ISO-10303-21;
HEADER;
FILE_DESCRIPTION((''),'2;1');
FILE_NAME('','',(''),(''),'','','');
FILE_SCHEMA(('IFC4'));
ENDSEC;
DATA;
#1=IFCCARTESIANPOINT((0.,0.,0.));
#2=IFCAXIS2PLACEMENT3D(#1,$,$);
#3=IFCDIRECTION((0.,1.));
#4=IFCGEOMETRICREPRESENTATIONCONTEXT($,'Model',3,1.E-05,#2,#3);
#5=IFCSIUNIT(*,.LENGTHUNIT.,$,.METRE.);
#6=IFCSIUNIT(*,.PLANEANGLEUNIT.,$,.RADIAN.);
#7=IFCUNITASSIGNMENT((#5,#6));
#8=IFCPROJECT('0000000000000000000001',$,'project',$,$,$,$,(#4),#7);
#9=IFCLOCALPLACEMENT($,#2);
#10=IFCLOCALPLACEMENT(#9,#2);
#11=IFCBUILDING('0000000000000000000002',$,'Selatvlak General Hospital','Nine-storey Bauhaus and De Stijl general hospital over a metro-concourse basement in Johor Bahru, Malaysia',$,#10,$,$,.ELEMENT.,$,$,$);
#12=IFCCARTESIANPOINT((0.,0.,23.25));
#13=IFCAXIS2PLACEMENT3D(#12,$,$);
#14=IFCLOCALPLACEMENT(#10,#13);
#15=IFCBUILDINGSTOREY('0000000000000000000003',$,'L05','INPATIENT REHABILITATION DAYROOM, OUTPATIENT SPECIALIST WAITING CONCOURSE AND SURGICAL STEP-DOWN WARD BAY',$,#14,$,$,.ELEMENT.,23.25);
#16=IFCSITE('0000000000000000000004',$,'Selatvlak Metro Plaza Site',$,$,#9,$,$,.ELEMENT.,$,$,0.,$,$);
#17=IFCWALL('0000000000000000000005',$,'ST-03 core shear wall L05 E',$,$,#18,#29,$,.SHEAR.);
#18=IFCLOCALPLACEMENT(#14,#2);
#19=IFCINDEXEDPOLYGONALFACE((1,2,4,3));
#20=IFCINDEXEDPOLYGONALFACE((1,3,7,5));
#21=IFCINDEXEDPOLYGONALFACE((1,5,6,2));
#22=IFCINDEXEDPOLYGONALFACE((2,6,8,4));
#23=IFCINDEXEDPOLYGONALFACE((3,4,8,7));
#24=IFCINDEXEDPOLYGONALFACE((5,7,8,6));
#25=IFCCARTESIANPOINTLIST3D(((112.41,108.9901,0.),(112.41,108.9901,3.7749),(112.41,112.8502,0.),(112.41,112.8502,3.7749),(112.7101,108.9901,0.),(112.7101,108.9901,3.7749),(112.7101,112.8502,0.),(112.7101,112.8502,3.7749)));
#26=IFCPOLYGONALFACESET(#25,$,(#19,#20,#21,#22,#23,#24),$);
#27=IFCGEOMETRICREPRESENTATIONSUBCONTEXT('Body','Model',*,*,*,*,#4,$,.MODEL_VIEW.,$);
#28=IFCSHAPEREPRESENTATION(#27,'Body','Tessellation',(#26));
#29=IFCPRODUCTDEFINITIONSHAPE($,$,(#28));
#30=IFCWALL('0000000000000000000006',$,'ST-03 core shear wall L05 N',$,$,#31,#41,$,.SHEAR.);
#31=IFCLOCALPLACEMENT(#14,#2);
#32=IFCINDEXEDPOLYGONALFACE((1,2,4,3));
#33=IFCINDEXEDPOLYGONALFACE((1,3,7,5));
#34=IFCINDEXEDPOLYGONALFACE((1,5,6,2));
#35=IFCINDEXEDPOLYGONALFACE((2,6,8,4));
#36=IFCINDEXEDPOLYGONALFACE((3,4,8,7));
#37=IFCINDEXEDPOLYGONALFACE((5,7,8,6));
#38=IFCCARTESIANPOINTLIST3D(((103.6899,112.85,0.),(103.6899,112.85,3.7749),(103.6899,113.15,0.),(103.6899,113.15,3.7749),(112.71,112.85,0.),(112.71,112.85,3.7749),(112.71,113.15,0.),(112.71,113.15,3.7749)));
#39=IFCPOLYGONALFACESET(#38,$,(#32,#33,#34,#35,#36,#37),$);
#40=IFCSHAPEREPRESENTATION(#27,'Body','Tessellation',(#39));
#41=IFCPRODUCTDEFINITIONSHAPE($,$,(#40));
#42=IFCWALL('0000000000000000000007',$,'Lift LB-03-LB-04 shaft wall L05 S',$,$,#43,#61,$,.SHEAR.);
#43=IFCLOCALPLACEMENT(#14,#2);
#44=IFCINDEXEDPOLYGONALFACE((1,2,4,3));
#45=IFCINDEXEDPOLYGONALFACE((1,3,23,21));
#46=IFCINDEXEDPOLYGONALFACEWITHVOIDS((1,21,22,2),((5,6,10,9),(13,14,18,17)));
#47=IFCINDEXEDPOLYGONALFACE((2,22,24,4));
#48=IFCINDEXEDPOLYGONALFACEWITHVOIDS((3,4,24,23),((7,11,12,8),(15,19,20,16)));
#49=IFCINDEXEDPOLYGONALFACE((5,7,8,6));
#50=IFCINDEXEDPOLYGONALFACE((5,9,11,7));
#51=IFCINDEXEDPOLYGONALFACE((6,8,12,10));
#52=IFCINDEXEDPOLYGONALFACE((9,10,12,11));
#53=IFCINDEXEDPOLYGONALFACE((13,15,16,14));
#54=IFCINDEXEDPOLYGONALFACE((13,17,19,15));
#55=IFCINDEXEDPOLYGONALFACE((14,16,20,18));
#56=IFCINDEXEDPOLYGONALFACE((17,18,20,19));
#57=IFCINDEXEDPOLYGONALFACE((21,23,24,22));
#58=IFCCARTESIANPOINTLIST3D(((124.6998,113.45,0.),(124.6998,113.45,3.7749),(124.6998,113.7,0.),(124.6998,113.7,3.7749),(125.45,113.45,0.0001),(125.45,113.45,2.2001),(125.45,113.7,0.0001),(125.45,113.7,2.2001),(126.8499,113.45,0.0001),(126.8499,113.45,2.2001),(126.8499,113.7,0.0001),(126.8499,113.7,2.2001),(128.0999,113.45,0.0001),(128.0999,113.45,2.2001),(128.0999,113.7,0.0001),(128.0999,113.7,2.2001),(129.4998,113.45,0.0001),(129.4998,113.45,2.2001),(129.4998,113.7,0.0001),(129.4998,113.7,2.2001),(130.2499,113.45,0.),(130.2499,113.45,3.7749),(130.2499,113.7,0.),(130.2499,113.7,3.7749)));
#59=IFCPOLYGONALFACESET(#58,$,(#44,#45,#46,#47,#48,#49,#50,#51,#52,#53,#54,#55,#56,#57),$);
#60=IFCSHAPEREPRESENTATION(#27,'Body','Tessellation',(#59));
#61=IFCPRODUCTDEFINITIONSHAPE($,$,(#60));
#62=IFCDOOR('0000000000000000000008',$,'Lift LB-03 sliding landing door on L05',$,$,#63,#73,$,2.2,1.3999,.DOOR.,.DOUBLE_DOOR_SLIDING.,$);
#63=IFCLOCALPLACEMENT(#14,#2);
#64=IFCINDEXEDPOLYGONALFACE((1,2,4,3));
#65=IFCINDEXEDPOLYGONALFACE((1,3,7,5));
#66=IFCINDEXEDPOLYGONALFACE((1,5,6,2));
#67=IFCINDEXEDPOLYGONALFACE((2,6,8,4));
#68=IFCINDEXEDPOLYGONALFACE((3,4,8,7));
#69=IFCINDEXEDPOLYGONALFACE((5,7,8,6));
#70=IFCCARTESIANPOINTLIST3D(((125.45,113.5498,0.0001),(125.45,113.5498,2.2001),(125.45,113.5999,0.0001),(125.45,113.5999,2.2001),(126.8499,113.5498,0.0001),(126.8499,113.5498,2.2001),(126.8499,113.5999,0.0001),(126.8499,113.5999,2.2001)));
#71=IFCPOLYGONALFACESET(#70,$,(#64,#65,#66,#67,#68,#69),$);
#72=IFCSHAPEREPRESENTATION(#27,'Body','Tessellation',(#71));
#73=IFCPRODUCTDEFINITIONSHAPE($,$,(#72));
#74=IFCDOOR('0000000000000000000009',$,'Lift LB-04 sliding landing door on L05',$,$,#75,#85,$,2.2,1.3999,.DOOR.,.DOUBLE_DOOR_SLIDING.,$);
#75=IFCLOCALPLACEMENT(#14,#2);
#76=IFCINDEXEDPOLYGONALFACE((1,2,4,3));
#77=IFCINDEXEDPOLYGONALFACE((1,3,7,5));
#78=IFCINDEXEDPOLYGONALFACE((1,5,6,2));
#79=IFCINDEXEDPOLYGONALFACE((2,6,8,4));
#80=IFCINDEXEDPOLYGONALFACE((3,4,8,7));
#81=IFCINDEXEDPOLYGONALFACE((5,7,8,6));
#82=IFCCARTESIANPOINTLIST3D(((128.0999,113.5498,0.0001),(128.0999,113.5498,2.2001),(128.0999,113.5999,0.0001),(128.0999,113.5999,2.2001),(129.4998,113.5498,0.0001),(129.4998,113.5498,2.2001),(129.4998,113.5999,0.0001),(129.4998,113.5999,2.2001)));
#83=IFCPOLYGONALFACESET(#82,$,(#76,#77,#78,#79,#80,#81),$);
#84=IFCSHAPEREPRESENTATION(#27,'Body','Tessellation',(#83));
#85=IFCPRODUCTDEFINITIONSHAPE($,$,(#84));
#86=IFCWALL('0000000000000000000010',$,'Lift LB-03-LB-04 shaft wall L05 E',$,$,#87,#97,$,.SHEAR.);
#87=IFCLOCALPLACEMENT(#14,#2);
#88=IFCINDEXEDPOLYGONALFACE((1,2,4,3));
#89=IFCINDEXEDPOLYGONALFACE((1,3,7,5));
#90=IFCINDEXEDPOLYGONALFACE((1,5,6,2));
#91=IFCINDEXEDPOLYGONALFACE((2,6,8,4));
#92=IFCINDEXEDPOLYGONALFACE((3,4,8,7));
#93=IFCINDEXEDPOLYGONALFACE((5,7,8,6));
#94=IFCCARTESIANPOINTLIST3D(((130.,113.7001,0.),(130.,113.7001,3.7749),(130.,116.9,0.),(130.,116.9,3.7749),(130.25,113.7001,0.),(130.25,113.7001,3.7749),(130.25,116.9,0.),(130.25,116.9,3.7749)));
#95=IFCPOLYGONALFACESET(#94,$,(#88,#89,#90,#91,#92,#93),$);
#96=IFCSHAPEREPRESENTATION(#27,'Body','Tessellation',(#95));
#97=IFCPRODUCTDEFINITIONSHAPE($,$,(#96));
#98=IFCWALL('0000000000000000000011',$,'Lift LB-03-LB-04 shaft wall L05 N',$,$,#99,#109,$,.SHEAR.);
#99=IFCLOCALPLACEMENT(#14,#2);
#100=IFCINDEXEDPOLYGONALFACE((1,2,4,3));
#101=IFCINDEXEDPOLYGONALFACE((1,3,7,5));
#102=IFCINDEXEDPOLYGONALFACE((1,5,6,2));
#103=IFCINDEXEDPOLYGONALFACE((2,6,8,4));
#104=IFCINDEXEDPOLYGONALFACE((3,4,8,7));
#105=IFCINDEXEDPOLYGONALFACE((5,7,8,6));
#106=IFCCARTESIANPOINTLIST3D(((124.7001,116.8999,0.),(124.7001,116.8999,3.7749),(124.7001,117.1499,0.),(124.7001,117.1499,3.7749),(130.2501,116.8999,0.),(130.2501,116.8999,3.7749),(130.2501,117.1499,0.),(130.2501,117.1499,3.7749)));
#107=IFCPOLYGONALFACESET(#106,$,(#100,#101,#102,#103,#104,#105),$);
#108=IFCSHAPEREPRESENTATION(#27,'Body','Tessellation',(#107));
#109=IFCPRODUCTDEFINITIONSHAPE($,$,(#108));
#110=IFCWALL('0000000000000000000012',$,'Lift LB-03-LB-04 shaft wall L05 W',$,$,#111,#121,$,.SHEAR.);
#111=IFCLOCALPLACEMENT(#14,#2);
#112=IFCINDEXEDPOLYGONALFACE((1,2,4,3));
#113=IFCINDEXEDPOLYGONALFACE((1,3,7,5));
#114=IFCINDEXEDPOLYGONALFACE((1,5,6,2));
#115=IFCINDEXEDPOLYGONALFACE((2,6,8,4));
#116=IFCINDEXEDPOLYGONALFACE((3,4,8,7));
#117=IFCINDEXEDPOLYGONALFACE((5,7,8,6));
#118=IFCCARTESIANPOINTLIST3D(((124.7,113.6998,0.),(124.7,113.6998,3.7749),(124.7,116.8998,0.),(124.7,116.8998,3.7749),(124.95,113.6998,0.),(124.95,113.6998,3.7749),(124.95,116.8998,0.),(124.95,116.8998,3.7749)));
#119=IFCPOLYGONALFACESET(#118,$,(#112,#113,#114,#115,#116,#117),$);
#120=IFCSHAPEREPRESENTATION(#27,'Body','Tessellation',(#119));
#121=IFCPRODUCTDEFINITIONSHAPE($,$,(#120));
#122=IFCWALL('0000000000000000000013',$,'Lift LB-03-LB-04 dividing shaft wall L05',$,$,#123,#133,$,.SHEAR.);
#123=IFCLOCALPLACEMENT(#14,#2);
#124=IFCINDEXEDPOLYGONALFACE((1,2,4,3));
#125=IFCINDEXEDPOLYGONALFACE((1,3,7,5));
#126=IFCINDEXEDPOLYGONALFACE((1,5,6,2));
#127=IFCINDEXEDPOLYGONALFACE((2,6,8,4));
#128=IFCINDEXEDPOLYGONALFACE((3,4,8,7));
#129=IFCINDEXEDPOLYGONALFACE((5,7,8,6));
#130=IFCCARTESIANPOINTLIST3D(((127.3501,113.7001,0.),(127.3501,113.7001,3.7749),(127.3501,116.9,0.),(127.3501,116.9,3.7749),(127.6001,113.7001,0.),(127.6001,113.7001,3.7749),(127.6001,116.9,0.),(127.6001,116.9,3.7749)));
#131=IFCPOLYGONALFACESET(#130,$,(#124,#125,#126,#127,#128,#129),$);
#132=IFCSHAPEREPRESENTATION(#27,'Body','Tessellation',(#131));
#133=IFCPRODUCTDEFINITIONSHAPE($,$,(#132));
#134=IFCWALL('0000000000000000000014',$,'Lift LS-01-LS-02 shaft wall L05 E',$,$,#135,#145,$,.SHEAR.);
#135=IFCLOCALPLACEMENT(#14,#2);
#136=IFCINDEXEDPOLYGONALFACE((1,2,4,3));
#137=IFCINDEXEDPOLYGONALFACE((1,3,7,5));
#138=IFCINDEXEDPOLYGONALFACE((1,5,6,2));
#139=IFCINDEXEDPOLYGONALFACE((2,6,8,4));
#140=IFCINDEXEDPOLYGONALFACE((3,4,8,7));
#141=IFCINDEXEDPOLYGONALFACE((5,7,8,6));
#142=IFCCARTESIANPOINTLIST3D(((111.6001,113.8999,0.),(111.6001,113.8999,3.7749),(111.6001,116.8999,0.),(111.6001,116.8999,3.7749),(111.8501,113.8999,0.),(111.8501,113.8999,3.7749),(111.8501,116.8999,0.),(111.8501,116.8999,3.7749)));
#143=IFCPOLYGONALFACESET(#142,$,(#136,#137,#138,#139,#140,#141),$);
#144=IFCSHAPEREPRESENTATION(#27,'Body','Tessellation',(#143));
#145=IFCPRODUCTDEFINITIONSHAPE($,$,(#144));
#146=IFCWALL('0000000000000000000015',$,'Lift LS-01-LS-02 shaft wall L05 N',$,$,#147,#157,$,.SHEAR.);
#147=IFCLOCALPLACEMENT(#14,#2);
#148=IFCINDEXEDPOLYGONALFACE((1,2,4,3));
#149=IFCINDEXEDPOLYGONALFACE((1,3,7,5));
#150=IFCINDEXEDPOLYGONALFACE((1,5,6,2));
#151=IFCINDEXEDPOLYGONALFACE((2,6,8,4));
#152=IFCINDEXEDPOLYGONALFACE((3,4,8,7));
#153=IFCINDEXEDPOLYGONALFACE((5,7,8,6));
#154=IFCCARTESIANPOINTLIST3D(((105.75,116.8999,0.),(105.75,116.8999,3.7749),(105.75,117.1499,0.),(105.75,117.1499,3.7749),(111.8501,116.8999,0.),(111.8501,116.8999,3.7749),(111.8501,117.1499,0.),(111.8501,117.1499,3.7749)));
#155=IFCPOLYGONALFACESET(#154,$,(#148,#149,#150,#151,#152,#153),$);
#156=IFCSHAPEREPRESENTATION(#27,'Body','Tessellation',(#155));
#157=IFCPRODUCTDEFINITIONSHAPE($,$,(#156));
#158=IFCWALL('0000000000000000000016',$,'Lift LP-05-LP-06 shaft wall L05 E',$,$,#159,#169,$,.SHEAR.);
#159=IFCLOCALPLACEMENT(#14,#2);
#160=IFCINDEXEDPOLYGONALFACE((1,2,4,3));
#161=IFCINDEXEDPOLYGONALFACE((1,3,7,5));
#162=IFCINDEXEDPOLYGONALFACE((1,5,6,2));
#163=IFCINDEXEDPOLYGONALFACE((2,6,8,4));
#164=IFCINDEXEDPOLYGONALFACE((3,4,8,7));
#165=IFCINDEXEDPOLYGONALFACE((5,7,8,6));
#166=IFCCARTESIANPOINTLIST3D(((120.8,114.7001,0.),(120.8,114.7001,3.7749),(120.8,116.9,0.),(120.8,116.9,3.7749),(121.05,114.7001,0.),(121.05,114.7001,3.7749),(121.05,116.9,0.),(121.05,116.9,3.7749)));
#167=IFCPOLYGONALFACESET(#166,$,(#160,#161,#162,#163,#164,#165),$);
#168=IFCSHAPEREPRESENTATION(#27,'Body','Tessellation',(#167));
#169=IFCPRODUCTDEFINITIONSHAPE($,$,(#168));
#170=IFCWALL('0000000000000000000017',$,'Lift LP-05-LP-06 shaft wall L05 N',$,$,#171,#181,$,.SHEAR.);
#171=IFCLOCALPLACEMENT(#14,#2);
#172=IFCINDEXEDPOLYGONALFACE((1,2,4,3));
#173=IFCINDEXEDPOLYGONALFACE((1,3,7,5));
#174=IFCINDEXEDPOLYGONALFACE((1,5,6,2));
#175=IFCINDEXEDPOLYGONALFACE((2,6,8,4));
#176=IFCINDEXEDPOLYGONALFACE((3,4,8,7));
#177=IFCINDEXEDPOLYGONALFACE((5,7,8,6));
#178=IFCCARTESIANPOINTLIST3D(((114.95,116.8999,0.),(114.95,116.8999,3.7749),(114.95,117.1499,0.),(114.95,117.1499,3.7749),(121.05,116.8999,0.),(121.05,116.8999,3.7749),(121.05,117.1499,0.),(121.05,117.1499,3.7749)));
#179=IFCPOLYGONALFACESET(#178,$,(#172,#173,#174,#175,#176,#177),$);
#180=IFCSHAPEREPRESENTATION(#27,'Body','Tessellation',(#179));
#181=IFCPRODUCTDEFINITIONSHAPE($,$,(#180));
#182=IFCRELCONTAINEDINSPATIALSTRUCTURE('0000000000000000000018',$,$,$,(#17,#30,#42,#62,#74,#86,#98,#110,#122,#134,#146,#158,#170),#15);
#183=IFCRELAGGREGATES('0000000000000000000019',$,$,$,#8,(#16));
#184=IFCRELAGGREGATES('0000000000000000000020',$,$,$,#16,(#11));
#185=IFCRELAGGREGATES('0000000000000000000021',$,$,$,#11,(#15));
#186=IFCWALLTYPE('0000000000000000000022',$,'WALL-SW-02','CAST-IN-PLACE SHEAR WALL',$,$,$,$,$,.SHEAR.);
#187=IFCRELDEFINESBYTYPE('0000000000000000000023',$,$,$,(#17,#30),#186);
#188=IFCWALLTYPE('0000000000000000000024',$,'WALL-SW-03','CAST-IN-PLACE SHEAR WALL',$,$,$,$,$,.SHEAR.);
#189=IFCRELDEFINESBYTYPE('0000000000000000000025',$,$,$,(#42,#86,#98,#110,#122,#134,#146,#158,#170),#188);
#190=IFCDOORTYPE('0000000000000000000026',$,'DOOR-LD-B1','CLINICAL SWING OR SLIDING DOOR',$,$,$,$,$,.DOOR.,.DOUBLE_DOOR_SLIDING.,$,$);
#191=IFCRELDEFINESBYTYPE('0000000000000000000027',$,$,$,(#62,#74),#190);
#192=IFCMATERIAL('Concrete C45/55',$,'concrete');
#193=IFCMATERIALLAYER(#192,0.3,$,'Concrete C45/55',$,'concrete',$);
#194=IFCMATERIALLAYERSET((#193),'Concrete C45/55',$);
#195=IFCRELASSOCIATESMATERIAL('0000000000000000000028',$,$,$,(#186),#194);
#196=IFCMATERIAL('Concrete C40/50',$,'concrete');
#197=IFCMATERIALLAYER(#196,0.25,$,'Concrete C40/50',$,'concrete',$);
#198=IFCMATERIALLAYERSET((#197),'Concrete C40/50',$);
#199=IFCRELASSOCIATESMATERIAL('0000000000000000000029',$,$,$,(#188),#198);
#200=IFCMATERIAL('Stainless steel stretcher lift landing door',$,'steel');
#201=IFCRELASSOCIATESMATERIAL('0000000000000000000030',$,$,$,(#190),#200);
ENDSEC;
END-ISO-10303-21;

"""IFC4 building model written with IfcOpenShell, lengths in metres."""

from ifc_helpers import new_model, si_unit, direction, frame, frame_2d, origin, place, context, subcontext, project, spatial, rectangle, extrude, material, layer, layer_set, type_object, element, fill, save


model = new_model("IFC4")

# Units and contexts
model_context = context("Model", 3, precision=1e-05, world=origin(), true_north=direction((0.0, 1.0)))
body_context = subcontext(model_context, "Body", "Model", "MODEL_VIEW")
ifc_project = project(units=[si_unit("LENGTHUNIT", "METRE"), si_unit("PLANEANGLEUNIT", "RADIAN")], contexts=[model_context])

# Site, building, storey
site_placement = place(None, origin())
site = spatial("IfcSite", under=ifc_project, at=site_placement, Name="Selatvlak Metro Plaza Site", CompositionType="ELEMENT", RefElevation=0.0)
building_placement = place(site_placement, origin())
building = spatial("IfcBuilding", under=site, at=building_placement, Name="Selatvlak General Hospital", Description="Nine-storey Bauhaus and De Stijl general hospital over a metro-concourse basement in Johor Bahru, Malaysia", CompositionType="ELEMENT")
storey_placement = place(building_placement, frame((0.0, 0.0, 23.25)))
storey = spatial("IfcBuildingStorey", under=building, at=storey_placement, Name="L05", Description="INPATIENT REHABILITATION DAYROOM, OUTPATIENT SPECIALIST WAITING CONCOURSE AND SURGICAL STEP-DOWN WARD BAY", CompositionType="ELEMENT", Elevation=23.25)

# Shared definitions
ifc_material_1 = material(Name="Concrete C40/50", Category="concrete")

# Walls
ifc_material_2 = material(Name="Concrete C45/55", Category="concrete")
ifc_layer_1 = layer(ifc_material_2, 0.3, Name="Concrete C45/55", Category="concrete")
ifc_layer_set_1 = layer_set([ifc_layer_1], Name="Concrete C45/55")
wall_type_1 = type_object("IfcWallType", Name="WALL-SW-02", Description="CAST-IN-PLACE SHEAR WALL", PredefinedType="SHEAR", material=ifc_layer_set_1)
wall_1_placement = place(storey_placement, frame((112.5601, 108.99, 0.0), z_axis=(0.0, 0.0, 1.0), x_axis=(0.0, 1.0, 0.0)))
element("IfcWall", 1, at=wall_1_placement, inside=storey, type_object=wall_type_1, Name="ST-03 core shear wall L05 E", PredefinedType="SHEAR", context=body_context, shape_type="SweptSolid", body=[
    extrude(rectangle(XDim=3.8601, YDim=0.3, at=frame_2d((1.9302, 0.0))), origin(), (0.0, 0.0, 1.0), 3.7749),
])
wall_2_placement = place(storey_placement, frame((112.71, 113.0, 0.0), z_axis=(0.0, 0.0, 1.0), x_axis=(-1.0, 0.0, 0.0)))
element("IfcWall", 2, at=wall_2_placement, inside=storey, type_object=wall_type_1, Name="ST-03 core shear wall L05 N", PredefinedType="SHEAR", context=body_context, shape_type="SweptSolid", body=[
    extrude(rectangle(XDim=9.02, YDim=0.3, at=frame_2d((4.51, 0.0))), origin(), (0.0, 0.0, 1.0), 3.7749),
])

# Wall, openings, doors
ifc_layer_2 = layer(ifc_material_1, 0.25, Name="Concrete C40/50", Category="concrete")
ifc_layer_set_2 = layer_set([ifc_layer_2], Name="Concrete C40/50")
wall_type_2 = type_object("IfcWallType", Name="WALL-SW-03", Description="CAST-IN-PLACE SHEAR WALL", PredefinedType="SHEAR", material=ifc_layer_set_2)
wall_3_placement = place(storey_placement, frame((124.7, 113.575, 0.0), z_axis=(0.0, 0.0, 1.0), x_axis=(1.0, 0.0, 0.0)))
wall_3 = element("IfcWall", 3, at=wall_3_placement, inside=storey, type_object=wall_type_2, Name="Lift LB-03-LB-04 shaft wall L05 S", PredefinedType="SHEAR", context=body_context, shape_type="SweptSolid", body=[
    extrude(rectangle(XDim=5.55, YDim=0.25, at=frame_2d((2.7749, 0.0))), origin(), (0.0, 0.0, 1.0), 3.7749),
])
opening_1_placement = place(wall_3_placement, frame((0.75, 0.0, 0.0)))
opening_1 = element("IfcOpeningElement", 4, at=opening_1_placement, cuts=wall_3, PredefinedType="OPENING", context=body_context, shape_type="SweptSolid", body=[
    extrude(rectangle(XDim=1.3999, YDim=2.2, at=frame_2d((0.7, 1.1001))), frame((0.0, 0.135, 0.0), z_axis=(0.0, -1.0, 0.0), x_axis=(1.0, 0.0, 0.0)), (0.0, 0.0, 1.0), 0.27),
])
opening_2_placement = place(wall_3_placement, frame((3.3999, 0.0, 0.0)))
opening_2 = element("IfcOpeningElement", 5, at=opening_2_placement, cuts=wall_3, PredefinedType="OPENING", context=body_context, shape_type="SweptSolid", body=[
    extrude(rectangle(XDim=1.3999, YDim=2.2, at=frame_2d((0.7, 1.1001))), frame((0.0, 0.135, 0.0), z_axis=(0.0, -1.0, 0.0), x_axis=(1.0, 0.0, 0.0)), (0.0, 0.0, 1.0), 0.27),
])
ifc_material_3 = material(Name="Stainless steel stretcher lift landing door", Category="steel")
door_type_1 = type_object("IfcDoorType", Name="DOOR-LD-B1", Description="CLINICAL SWING OR SLIDING DOOR", OperationType="DOUBLE_DOOR_SLIDING", PredefinedType="DOOR", material=ifc_material_3)
door_1_placement = place(opening_1_placement, origin())
door_1 = element("IfcDoor", 6, at=door_1_placement, inside=storey, type_object=door_type_1, Name="Lift LB-03 sliding landing door on L05", OperationType="DOUBLE_DOOR_SLIDING", OverallHeight=2.2, OverallWidth=1.3999, PredefinedType="DOOR", context=body_context, shape_type="SweptSolid", body=[
    extrude(rectangle(XDim=1.3999, YDim=2.2, at=frame_2d((0.7, 1.1001))), frame((0.0, 0.0249, 0.0), z_axis=(0.0, -1.0, 0.0), x_axis=(1.0, 0.0, 0.0)), (0.0, 0.0, 1.0), 0.05),
])
fill(opening_1, door_1)
door_2_placement = place(opening_2_placement, origin())
door_2 = element("IfcDoor", 7, at=door_2_placement, inside=storey, type_object=door_type_1, Name="Lift LB-04 sliding landing door on L05", OperationType="DOUBLE_DOOR_SLIDING", OverallHeight=2.2, OverallWidth=1.3999, PredefinedType="DOOR", context=body_context, shape_type="SweptSolid", body=[
    extrude(rectangle(XDim=1.3999, YDim=2.2, at=frame_2d((0.7, 1.1001))), frame((0.0, 0.0249, 0.0), z_axis=(0.0, -1.0, 0.0), x_axis=(1.0, 0.0, 0.0)), (0.0, 0.0, 1.0), 0.05),
])
fill(opening_2, door_2)

# Walls
wall_4_placement = place(storey_placement, frame((130.125, 113.7, 0.0), z_axis=(0.0, 0.0, 1.0), x_axis=(0.0, 1.0, 0.0)))
element("IfcWall", 8, at=wall_4_placement, inside=storey, type_object=wall_type_2, Name="Lift LB-03-LB-04 shaft wall L05 E", PredefinedType="SHEAR", context=body_context, shape_type="SweptSolid", body=[
    extrude(rectangle(XDim=3.2, YDim=0.25, at=frame_2d((1.6001, 0.0))), origin(), (0.0, 0.0, 1.0), 3.7749),
])
wall_5_placement = place(storey_placement, frame((130.25, 117.0249, 0.0), z_axis=(0.0, 0.0, 1.0), x_axis=(-1.0, 0.0, 0.0)))
element("IfcWall", 9, at=wall_5_placement, inside=storey, type_object=wall_type_2, Name="Lift LB-03-LB-04 shaft wall L05 N", PredefinedType="SHEAR", context=body_context, shape_type="SweptSolid", body=[
    extrude(rectangle(XDim=5.55, YDim=0.25, at=frame_2d((2.7749, 0.0))), origin(), (0.0, 0.0, 1.0), 3.7749),
])
for number, where, z_axis, x_axis, name in (
    (10, (124.825, 116.8999, 0.0), (0.0, 0.0, 1.0), (0.0, -1.0, 0.0), "Lift LB-03-LB-04 shaft wall L05 W"),
    (11, (127.4751, 113.7, 0.0), (0.0, 0.0, 1.0), (0.0, 1.0, 0.0), "Lift LB-03-LB-04 dividing shaft wall L05"),
):
    element("IfcWall", number, at=place(storey_placement, frame(where, z_axis=z_axis, x_axis=x_axis)), inside=storey, type_object=wall_type_2, Name=name, PredefinedType="SHEAR", context=body_context, shape_type="SweptSolid", body=[
        extrude(rectangle(XDim=3.2, YDim=0.25, at=frame_2d((1.6001, 0.0))), origin(), (0.0, 0.0, 1.0), 3.7749),
    ])
wall_6_placement = place(storey_placement, frame((111.7251, 113.8999, 0.0), z_axis=(0.0, 0.0, 1.0), x_axis=(0.0, 1.0, 0.0)))
element("IfcWall", 12, at=wall_6_placement, inside=storey, type_object=wall_type_2, Name="Lift LS-01-LS-02 shaft wall L05 E", PredefinedType="SHEAR", context=body_context, shape_type="SweptSolid", body=[
    extrude(rectangle(XDim=3.0, YDim=0.25, at=frame_2d((1.5, 0.0))), origin(), (0.0, 0.0, 1.0), 3.7749),
])
wall_7_placement = place(storey_placement, frame((111.8501, 117.0249, 0.0), z_axis=(0.0, 0.0, 1.0), x_axis=(-1.0, 0.0, 0.0)))
element("IfcWall", 13, at=wall_7_placement, inside=storey, type_object=wall_type_2, Name="Lift LS-01-LS-02 shaft wall L05 N", PredefinedType="SHEAR", context=body_context, shape_type="SweptSolid", body=[
    extrude(rectangle(XDim=6.1001, YDim=0.25, at=frame_2d((3.05, 0.0))), origin(), (0.0, 0.0, 1.0), 3.7749),
])

# Walls
wall_8_placement = place(storey_placement, frame((120.925, 114.7, 0.0), z_axis=(0.0, 0.0, 1.0), x_axis=(0.0, 1.0, 0.0)))
element("IfcWall", 14, at=wall_8_placement, inside=storey, type_object=wall_type_2, Name="Lift LP-05-LP-06 shaft wall L05 E", PredefinedType="SHEAR", context=body_context, shape_type="SweptSolid", body=[
    extrude(rectangle(XDim=2.2, YDim=0.25, at=frame_2d((1.1001, 0.0))), origin(), (0.0, 0.0, 1.0), 3.7749),
])
wall_9_placement = place(storey_placement, frame((121.05, 117.0249, 0.0), z_axis=(0.0, 0.0, 1.0), x_axis=(-1.0, 0.0, 0.0)))
element("IfcWall", 15, at=wall_9_placement, inside=storey, type_object=wall_type_2, Name="Lift LP-05-LP-06 shaft wall L05 N", PredefinedType="SHEAR", context=body_context, shape_type="SweptSolid", body=[
    extrude(rectangle(XDim=6.1001, YDim=0.25, at=frame_2d((3.05, 0.0))), origin(), (0.0, 0.0, 1.0), 3.7749),
])

save(model, "model.ifc")
